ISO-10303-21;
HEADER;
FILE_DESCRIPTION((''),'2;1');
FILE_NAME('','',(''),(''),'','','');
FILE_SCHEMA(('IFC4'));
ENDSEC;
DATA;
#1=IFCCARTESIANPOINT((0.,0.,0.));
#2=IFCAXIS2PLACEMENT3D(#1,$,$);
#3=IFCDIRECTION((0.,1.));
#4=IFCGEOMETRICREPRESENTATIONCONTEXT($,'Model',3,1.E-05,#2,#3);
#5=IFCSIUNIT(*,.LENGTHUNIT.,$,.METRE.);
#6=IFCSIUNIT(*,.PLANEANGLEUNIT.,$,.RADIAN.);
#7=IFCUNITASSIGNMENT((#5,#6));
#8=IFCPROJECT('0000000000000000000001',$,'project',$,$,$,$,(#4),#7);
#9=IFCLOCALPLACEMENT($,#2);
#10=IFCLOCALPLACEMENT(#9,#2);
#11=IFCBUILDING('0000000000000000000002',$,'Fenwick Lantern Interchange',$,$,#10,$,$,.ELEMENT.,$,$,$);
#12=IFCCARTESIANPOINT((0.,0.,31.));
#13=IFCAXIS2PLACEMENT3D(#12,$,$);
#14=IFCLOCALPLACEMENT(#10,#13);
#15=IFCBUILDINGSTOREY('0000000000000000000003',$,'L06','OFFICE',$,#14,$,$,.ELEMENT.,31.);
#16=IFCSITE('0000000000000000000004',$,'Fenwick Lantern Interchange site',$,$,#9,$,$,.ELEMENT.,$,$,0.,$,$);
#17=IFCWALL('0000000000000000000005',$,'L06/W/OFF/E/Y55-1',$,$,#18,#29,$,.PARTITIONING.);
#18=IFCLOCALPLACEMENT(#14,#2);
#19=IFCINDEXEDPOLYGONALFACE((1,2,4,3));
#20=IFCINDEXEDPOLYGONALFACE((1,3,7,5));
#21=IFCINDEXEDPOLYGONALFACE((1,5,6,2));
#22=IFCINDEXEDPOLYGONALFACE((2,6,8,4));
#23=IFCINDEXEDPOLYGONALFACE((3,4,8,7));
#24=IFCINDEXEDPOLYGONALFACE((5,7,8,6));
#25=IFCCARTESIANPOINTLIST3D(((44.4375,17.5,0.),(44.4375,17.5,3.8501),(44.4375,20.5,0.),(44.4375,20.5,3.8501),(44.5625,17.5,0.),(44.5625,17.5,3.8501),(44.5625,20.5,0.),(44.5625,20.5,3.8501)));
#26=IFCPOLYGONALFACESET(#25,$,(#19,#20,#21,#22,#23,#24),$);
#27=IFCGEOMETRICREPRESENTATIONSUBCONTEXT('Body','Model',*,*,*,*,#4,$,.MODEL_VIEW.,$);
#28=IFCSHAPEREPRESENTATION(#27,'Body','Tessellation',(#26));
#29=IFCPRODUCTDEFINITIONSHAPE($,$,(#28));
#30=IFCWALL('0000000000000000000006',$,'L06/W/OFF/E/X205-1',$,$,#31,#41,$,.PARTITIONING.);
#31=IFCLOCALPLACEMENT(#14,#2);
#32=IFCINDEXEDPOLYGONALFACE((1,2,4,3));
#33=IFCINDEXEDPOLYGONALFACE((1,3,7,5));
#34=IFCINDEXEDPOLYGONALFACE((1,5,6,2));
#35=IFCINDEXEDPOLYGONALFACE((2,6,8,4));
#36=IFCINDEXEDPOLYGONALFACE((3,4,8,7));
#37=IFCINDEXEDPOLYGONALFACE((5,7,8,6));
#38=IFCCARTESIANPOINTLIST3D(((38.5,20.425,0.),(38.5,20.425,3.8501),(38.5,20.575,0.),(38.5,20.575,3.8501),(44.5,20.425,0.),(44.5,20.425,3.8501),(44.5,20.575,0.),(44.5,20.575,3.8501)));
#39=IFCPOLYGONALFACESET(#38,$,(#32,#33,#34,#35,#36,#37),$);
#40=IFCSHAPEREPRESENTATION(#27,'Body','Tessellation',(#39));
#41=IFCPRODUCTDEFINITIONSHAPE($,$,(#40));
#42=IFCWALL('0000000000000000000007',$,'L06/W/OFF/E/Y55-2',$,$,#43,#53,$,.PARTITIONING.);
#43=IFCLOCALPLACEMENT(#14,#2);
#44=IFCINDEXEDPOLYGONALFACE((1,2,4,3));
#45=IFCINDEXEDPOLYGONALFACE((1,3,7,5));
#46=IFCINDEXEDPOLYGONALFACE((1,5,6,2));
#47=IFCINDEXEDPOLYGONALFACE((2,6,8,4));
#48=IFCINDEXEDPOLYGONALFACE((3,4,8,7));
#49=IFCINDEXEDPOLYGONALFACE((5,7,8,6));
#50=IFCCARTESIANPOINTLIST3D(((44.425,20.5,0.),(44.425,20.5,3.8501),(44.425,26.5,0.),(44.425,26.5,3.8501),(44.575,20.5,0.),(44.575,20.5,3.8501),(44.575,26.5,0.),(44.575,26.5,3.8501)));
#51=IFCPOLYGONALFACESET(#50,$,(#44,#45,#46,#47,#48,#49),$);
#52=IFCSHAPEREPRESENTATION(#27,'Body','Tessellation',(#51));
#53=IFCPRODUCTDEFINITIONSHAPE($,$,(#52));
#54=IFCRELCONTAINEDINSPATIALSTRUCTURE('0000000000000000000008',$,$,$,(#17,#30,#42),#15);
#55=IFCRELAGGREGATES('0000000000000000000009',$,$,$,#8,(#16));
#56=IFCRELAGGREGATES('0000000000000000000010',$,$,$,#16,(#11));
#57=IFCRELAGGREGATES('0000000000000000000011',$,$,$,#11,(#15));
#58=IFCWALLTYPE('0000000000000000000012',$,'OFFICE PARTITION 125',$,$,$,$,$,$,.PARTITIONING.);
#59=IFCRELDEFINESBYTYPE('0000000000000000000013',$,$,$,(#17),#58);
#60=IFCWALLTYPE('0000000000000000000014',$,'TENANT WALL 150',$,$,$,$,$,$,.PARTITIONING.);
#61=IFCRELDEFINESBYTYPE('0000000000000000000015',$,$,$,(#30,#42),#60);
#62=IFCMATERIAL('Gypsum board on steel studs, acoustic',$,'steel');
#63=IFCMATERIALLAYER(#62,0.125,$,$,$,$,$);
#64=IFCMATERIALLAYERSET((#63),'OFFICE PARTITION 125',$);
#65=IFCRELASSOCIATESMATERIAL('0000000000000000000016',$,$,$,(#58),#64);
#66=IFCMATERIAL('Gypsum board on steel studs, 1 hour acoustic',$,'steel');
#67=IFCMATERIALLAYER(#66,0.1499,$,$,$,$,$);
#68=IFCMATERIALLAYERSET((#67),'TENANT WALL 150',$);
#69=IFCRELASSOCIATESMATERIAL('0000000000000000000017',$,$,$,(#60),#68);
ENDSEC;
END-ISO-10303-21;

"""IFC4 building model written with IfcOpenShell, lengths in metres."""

from ifc_helpers import new_model, si_unit, direction, frame, frame_2d, origin, place, context, subcontext, project, spatial, rectangle, extrude, material, layer, layer_set, type_object, element, save


model = new_model("IFC4")

# Units and contexts
model_context = context("Model", 3, precision=1e-05, world=origin(), true_north=direction((0.0, 1.0)))
body_context = subcontext(model_context, "Body", "Model", "MODEL_VIEW")
ifc_project = project(units=[si_unit("LENGTHUNIT", "METRE"), si_unit("PLANEANGLEUNIT", "RADIAN")], contexts=[model_context])

# Site, building, storey
site_placement = place(None, origin())
site = spatial("IfcSite", under=ifc_project, at=site_placement, Name="Fenwick Lantern Interchange site", CompositionType="ELEMENT", RefElevation=0.0)
building_placement = place(site_placement, origin())
building = spatial("IfcBuilding", under=site, at=building_placement, Name="Fenwick Lantern Interchange", CompositionType="ELEMENT")
storey_placement = place(building_placement, frame((0.0, 0.0, 31.0)))
storey = spatial("IfcBuildingStorey", under=building, at=storey_placement, Name="L06", Description="OFFICE", CompositionType="ELEMENT", Elevation=31.0)

# Shared definitions
ifc_material_1 = material(Name="Gypsum board on steel studs, acoustic", Category="steel")
ifc_layer_1 = layer(ifc_material_1, 0.125)
ifc_layer_set_1 = layer_set([ifc_layer_1], Name="OFFICE PARTITION 125")
wall_type_1 = type_object("IfcWallType", Name="OFFICE PARTITION 125", PredefinedType="PARTITIONING", material=ifc_layer_set_1)

# Walls
wall_1_placement = place(storey_placement, frame((44.5, 17.5, 0.0), z_axis=(0.0, 0.0, 1.0), x_axis=(0.0, 1.0, 0.0)))
element("IfcWall", 1, at=wall_1_placement, inside=storey, type_object=wall_type_1, Name="L06/W/OFF/E/Y55-1", PredefinedType="PARTITIONING", context=body_context, shape_type="SweptSolid", body=[
    extrude(rectangle(XDim=3.0, YDim=0.125, at=frame_2d((1.5, 0.0))), origin(), (0.0, 0.0, 1.0), 3.8501),
])
ifc_material_2 = material(Name="Gypsum board on steel studs, 1 hour acoustic", Category="steel")
ifc_layer_2 = layer(ifc_material_2, 0.1499)
ifc_layer_set_2 = layer_set([ifc_layer_2], Name="TENANT WALL 150")
wall_type_2 = type_object("IfcWallType", Name="TENANT WALL 150", PredefinedType="PARTITIONING", material=ifc_layer_set_2)
for number, where, z_axis, x_axis, name in (
    (2, (44.5, 20.5, 0.0), (0.0, 0.0, 1.0), (-1.0, 0.0, 0.0), "L06/W/OFF/E/X205-1"),
    (3, (44.5, 20.5, 0.0), (0.0, 0.0, 1.0), (0.0, 1.0, 0.0), "L06/W/OFF/E/Y55-2"),
):
    element("IfcWall", number, at=place(storey_placement, frame(where, z_axis=z_axis, x_axis=x_axis)), inside=storey, type_object=wall_type_2, Name=name, PredefinedType="PARTITIONING", context=body_context, shape_type="SweptSolid", body=[
        extrude(rectangle(XDim=6.0, YDim=0.1499, at=frame_2d((3.0, 0.0))), origin(), (0.0, 0.0, 1.0), 3.8501),
    ])

save(model, "model.ifc")
